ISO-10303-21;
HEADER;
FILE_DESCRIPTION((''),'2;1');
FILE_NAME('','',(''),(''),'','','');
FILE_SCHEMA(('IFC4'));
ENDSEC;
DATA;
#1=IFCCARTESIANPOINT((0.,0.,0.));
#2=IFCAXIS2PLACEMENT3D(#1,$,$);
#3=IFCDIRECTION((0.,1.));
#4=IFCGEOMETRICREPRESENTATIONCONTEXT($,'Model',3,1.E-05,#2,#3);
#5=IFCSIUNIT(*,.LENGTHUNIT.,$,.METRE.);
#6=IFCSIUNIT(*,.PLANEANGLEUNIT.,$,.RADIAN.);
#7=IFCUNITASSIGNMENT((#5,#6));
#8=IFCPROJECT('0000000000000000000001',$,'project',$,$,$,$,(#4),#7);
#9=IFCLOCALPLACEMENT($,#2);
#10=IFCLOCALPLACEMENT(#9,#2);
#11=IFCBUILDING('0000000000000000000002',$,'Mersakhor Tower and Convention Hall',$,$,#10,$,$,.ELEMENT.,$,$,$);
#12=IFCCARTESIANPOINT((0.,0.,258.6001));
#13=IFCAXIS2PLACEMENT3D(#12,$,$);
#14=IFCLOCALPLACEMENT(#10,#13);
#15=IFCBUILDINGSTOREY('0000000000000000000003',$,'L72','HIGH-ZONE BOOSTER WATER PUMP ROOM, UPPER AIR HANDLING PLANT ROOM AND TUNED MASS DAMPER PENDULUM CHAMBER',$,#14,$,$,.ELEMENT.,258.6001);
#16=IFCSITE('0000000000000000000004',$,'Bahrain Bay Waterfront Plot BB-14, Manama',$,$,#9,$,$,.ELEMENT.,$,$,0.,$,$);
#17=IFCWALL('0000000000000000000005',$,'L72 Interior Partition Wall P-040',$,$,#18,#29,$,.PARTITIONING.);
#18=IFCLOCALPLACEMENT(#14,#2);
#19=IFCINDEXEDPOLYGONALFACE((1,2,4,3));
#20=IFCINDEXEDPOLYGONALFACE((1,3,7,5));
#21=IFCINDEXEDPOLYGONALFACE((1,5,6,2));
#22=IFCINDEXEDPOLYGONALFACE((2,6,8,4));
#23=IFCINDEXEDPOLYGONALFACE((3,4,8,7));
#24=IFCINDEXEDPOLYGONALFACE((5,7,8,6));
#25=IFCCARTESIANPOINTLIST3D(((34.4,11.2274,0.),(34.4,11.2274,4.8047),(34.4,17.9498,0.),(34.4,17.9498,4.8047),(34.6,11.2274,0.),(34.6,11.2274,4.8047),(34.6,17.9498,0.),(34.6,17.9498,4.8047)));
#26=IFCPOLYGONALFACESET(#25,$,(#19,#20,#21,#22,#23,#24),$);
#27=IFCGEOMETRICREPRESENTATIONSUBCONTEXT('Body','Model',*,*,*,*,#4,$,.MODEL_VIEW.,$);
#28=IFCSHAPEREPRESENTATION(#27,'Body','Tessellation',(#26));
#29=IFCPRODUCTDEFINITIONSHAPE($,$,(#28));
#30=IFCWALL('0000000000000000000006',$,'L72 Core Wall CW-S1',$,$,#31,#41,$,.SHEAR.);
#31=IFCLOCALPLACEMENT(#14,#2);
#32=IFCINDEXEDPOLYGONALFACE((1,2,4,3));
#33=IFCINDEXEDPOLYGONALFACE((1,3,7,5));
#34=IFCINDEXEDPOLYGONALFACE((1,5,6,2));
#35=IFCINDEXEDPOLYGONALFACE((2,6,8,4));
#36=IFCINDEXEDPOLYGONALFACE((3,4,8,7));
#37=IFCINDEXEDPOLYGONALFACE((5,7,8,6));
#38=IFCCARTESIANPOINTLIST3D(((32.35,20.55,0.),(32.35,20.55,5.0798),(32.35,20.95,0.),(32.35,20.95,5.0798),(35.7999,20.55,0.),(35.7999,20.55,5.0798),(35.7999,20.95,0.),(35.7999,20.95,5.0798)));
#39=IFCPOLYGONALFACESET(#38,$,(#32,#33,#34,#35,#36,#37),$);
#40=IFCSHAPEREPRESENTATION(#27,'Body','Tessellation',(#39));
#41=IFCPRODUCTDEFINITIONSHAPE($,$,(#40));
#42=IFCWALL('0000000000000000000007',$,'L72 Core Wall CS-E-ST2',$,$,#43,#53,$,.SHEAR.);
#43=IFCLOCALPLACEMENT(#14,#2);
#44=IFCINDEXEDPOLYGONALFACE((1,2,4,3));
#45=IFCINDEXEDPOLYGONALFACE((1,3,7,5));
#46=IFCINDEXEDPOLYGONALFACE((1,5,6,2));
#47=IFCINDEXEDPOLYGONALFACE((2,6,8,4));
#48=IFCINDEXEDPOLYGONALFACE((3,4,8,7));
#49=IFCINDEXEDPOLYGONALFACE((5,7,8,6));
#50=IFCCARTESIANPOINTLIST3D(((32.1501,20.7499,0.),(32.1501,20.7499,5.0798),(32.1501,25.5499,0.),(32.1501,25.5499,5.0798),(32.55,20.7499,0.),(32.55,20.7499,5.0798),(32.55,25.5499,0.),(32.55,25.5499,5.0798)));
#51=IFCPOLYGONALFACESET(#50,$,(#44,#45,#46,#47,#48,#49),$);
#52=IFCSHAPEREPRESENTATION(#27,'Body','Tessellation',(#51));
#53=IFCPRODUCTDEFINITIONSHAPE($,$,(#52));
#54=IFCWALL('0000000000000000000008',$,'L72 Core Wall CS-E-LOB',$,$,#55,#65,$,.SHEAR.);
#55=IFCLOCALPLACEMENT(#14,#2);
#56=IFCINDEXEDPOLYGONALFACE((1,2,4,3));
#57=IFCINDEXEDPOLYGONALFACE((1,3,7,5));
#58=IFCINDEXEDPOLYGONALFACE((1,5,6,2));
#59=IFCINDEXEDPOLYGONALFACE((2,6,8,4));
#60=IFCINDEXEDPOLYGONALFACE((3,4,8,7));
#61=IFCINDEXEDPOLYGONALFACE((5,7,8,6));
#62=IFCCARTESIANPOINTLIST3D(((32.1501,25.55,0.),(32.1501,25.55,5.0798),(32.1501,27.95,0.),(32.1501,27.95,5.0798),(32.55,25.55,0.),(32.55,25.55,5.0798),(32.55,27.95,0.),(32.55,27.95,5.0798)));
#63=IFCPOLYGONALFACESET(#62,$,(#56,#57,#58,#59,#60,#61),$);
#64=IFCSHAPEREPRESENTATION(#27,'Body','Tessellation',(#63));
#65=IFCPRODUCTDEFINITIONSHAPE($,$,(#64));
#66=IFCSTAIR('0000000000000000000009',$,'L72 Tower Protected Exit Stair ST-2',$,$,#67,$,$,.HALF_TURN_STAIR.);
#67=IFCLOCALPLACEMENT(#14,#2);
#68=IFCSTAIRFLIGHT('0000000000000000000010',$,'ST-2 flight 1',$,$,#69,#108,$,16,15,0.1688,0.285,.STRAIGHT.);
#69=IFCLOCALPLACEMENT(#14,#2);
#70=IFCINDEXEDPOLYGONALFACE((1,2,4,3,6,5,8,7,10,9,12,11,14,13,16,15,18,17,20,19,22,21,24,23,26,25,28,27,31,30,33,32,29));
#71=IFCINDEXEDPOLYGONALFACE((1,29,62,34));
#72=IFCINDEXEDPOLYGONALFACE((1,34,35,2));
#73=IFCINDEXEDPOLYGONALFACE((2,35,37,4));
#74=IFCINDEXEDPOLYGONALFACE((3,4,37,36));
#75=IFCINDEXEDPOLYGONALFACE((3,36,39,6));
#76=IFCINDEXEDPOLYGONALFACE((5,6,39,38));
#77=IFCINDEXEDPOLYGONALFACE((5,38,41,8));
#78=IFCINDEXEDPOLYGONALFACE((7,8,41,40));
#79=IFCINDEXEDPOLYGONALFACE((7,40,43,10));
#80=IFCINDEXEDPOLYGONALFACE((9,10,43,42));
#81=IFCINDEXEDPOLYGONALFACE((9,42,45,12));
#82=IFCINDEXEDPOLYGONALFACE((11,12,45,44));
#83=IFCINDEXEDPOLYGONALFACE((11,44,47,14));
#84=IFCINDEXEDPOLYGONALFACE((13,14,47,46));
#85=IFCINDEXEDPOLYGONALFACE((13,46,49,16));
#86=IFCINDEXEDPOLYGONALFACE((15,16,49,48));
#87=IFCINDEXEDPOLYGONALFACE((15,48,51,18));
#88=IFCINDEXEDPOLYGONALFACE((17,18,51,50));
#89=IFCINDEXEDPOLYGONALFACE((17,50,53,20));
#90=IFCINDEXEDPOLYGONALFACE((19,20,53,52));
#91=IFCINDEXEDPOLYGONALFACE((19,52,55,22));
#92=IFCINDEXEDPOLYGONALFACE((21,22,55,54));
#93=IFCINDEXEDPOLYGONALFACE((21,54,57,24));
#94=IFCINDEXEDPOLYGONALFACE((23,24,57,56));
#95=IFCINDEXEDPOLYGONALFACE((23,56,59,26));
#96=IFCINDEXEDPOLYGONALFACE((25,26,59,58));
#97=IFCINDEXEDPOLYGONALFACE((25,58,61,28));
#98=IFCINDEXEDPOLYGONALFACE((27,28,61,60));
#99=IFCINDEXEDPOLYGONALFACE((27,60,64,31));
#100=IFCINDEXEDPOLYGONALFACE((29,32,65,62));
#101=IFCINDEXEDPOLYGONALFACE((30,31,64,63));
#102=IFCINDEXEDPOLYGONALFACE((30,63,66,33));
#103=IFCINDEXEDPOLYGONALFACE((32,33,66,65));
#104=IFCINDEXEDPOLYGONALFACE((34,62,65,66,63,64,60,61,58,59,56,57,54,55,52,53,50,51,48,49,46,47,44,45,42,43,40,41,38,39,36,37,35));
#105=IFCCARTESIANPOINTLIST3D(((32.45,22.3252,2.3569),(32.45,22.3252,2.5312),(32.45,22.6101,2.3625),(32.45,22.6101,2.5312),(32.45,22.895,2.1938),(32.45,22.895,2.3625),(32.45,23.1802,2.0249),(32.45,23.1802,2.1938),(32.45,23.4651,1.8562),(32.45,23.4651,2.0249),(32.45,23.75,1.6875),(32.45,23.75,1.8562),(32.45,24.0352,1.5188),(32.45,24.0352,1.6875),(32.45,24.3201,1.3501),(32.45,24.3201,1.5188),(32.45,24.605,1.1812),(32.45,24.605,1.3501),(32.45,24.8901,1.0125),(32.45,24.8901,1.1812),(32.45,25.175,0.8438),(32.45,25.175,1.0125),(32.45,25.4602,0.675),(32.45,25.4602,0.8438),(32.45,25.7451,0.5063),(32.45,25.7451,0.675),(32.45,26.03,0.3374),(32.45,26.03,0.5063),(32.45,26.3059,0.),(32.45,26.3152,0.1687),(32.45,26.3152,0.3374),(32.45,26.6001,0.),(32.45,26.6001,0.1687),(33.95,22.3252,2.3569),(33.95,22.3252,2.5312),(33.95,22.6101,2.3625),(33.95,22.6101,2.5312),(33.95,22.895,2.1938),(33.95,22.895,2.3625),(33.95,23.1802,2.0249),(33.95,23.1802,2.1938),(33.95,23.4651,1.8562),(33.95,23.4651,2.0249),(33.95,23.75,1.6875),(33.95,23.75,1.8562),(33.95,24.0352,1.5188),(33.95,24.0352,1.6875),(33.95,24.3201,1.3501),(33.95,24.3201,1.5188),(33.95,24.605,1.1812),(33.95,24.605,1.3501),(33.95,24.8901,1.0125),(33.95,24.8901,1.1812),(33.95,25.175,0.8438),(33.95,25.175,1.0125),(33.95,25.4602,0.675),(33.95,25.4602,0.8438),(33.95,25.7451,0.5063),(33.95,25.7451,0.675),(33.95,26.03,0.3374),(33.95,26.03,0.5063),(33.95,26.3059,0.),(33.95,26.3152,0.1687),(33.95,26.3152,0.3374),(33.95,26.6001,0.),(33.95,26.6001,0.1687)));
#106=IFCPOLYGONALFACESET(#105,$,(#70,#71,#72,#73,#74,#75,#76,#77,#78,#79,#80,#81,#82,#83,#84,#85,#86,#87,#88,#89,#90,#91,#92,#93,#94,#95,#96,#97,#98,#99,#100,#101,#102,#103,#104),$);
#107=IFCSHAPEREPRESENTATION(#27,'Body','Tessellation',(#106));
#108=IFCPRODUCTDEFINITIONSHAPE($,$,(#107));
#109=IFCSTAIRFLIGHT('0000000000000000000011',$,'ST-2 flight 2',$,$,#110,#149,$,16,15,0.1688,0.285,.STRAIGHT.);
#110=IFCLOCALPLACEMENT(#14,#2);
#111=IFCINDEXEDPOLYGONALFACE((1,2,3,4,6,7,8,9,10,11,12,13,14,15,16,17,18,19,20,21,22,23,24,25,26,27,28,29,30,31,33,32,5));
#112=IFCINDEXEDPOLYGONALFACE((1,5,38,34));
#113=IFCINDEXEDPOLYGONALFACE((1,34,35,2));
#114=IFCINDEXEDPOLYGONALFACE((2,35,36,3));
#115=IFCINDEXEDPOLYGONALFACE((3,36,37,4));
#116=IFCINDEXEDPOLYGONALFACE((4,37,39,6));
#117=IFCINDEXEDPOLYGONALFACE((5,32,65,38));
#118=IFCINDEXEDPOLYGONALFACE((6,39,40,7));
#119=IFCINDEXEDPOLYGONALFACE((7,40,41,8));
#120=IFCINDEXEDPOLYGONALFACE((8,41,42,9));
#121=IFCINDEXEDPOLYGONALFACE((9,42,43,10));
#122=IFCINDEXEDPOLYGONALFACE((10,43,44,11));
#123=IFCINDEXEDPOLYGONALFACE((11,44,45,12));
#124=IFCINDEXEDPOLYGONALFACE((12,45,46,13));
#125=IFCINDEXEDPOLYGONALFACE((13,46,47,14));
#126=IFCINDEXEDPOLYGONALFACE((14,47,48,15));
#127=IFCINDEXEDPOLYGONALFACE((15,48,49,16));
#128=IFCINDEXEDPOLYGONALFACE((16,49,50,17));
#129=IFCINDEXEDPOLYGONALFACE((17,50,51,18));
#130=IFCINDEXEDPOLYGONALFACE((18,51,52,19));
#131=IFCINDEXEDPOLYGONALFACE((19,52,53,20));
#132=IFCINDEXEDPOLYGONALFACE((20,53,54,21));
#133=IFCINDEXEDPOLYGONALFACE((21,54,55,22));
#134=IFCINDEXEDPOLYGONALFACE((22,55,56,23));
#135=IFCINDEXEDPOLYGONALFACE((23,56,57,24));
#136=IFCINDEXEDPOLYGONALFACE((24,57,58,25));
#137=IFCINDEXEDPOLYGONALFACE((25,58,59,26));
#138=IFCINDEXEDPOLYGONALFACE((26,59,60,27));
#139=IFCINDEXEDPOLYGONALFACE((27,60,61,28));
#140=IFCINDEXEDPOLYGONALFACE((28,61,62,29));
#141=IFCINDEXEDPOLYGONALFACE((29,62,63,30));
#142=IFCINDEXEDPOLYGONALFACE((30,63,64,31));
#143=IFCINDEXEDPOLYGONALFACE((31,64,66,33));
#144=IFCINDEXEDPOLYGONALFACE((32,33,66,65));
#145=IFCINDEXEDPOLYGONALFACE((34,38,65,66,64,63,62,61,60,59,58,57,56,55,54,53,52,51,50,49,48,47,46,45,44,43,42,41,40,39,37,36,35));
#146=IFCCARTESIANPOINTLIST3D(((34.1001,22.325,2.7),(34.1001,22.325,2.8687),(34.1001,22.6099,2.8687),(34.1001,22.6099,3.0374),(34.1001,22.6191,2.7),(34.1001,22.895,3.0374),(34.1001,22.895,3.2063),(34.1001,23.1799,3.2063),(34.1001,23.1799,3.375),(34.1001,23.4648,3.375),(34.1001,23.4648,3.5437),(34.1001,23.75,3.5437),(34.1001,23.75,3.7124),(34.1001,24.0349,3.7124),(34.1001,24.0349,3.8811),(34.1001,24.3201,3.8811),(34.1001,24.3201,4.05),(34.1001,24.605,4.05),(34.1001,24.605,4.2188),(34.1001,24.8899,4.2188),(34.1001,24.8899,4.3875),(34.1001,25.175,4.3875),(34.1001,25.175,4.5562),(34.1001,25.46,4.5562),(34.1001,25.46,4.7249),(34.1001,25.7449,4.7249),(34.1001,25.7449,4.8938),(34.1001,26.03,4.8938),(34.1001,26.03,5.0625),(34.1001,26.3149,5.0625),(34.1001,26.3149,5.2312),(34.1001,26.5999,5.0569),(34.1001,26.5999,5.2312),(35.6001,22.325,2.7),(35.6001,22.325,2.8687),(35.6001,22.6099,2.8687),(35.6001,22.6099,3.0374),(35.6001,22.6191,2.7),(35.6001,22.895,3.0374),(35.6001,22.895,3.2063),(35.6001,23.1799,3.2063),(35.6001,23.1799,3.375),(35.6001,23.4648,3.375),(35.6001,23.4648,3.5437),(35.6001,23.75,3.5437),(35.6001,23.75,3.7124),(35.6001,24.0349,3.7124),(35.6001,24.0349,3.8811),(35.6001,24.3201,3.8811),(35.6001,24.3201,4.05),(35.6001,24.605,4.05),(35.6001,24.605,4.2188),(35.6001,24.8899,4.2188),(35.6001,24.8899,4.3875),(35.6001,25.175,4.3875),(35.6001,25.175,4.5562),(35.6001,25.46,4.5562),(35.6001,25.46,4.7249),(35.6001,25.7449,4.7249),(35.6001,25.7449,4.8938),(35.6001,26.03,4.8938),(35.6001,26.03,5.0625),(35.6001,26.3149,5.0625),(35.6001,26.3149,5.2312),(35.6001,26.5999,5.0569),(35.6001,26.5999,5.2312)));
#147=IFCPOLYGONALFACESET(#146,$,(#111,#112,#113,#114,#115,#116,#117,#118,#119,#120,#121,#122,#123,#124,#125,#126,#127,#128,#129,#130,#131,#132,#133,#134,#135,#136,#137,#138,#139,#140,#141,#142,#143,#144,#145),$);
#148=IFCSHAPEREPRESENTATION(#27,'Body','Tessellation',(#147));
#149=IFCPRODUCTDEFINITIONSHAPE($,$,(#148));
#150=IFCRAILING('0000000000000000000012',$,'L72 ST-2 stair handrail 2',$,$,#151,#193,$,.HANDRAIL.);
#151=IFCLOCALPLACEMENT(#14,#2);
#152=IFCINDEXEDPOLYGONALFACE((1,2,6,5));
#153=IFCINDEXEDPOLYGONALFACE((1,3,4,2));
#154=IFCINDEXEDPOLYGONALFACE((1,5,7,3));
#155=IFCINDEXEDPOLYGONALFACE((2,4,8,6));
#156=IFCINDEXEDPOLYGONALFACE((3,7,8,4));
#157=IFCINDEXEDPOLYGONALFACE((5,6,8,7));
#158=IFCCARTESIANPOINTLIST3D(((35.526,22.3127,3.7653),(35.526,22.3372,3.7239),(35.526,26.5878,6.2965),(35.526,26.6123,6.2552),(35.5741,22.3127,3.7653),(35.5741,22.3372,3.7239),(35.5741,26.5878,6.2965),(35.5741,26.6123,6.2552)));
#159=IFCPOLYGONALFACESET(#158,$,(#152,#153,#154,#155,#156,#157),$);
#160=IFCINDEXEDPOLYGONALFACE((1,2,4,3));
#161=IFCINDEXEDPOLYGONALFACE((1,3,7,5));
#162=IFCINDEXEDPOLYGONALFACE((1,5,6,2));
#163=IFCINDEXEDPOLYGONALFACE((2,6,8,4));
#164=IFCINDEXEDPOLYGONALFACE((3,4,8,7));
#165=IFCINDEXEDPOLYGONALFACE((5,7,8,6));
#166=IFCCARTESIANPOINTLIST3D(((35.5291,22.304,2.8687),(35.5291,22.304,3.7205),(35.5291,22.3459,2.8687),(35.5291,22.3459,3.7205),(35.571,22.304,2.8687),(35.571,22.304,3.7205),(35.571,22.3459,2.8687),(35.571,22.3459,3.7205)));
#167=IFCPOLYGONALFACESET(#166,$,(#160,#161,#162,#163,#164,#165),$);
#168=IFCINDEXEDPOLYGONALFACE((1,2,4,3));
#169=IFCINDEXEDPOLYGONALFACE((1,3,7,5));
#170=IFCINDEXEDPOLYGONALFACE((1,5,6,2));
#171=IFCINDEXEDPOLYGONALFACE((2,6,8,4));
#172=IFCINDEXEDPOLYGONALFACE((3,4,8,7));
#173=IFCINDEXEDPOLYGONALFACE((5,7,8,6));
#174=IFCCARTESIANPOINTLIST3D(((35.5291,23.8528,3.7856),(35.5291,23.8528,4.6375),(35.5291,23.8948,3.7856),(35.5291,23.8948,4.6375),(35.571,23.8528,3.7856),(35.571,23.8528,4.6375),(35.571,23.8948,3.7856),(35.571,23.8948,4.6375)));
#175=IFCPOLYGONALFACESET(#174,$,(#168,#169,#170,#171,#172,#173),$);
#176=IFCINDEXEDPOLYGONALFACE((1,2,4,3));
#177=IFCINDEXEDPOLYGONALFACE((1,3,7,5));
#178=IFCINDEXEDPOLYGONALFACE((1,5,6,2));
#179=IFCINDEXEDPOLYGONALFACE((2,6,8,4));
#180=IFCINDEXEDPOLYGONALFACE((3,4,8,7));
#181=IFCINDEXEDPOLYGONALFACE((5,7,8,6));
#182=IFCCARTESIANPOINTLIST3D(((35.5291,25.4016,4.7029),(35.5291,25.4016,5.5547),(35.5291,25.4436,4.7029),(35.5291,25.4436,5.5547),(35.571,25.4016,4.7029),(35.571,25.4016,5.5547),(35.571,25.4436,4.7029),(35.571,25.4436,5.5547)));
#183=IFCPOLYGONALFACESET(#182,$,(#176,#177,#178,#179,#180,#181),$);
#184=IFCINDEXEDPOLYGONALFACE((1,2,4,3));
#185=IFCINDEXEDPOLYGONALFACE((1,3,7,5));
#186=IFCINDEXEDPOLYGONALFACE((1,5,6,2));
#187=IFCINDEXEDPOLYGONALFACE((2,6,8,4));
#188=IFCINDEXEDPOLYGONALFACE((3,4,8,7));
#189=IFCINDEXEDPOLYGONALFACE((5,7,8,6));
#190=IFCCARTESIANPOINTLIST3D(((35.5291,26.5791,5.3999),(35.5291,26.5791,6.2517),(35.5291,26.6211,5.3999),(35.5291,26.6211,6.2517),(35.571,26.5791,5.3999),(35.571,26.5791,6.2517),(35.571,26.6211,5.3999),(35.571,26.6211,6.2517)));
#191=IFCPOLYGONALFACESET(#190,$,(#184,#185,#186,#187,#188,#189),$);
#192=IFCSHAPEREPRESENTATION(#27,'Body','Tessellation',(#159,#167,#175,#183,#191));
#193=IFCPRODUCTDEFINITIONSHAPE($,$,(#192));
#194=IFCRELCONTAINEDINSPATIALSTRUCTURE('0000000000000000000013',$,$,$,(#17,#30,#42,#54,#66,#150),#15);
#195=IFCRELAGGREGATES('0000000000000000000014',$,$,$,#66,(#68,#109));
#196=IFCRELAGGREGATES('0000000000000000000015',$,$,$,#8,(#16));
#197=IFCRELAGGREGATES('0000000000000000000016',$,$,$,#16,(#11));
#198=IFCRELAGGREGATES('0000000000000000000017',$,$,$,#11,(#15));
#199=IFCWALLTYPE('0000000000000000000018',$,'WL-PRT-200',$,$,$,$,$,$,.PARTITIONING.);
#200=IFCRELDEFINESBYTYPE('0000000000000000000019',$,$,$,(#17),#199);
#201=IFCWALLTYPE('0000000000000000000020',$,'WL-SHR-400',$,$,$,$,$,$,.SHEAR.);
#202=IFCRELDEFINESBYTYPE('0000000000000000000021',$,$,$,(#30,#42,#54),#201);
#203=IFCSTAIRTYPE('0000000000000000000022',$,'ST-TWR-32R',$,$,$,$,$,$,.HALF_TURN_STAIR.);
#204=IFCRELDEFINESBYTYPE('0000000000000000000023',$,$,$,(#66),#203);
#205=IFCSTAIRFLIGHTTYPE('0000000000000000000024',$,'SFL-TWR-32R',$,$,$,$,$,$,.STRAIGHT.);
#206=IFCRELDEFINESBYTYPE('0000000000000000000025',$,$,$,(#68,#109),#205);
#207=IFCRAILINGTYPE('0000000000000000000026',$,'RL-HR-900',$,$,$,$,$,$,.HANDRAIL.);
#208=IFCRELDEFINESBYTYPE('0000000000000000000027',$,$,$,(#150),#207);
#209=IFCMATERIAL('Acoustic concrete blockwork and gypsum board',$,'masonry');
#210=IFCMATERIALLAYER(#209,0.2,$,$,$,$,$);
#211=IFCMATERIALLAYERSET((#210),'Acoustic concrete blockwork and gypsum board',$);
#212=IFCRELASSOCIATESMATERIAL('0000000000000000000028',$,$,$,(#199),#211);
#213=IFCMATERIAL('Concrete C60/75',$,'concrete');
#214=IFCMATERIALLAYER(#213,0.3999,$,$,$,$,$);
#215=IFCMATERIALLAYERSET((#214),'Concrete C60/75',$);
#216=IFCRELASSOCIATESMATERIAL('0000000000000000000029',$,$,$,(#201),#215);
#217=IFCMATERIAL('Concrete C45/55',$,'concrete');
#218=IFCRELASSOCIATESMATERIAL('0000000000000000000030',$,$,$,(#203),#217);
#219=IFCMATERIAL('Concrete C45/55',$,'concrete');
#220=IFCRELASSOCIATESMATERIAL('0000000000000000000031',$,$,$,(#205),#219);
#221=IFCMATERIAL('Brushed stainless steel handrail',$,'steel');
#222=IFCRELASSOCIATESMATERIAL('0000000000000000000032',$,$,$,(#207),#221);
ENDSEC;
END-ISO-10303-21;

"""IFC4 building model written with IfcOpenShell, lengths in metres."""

from ifc_helpers import new_model, si_unit, direction, frame, frame_2d, origin, origin_2d, place, context, subcontext, project, spatial, polyline, rectangle, outline, extrude, material, layer, layer_set, type_object, element, aggregate, save


model = new_model("IFC4")

# Units and contexts
model_context = context("Model", 3, precision=1e-05, world=origin(), true_north=direction((0.0, 1.0)))
body_context = subcontext(model_context, "Body", "Model", "MODEL_VIEW")
ifc_project = project(units=[si_unit("LENGTHUNIT", "METRE"), si_unit("PLANEANGLEUNIT", "RADIAN")], contexts=[model_context])

# Site, building, storey
site_placement = place(None, origin())
site = spatial("IfcSite", under=ifc_project, at=site_placement, Name="Bahrain Bay Waterfront Plot BB-14, Manama", CompositionType="ELEMENT", RefElevation=0.0)
building_placement = place(site_placement, origin())
building = spatial("IfcBuilding", under=site, at=building_placement, Name="Mersakhor Tower and Convention Hall", CompositionType="ELEMENT")
storey_placement = place(building_placement, frame((0.0, 0.0, 258.6001)))
storey = spatial("IfcBuildingStorey", under=building, at=storey_placement, Name="L72", Description="HIGH-ZONE BOOSTER WATER PUMP ROOM, UPPER AIR HANDLING PLANT ROOM AND TUNED MASS DAMPER PENDULUM CHAMBER", CompositionType="ELEMENT", Elevation=258.6001)

# Shared definitions
ifc_material_1 = material(Name="Acoustic concrete blockwork and gypsum board", Category="masonry")
ifc_layer_1 = layer(ifc_material_1, 0.2)
ifc_layer_set_1 = layer_set([ifc_layer_1], Name="Acoustic concrete blockwork and gypsum board")
wall_type_1 = type_object("IfcWallType", Name="WL-PRT-200", PredefinedType="PARTITIONING", material=ifc_layer_set_1)

# Walls
wall_1_placement = place(storey_placement, frame((34.5, 17.95, 0.0), z_axis=(0.0, 0.0, 1.0), x_axis=(0.0, -1.0, 0.0)))
element("IfcWall", 1, at=wall_1_placement, inside=storey, type_object=wall_type_1, Name="L72 Interior Partition Wall P-040", PredefinedType="PARTITIONING", context=body_context, shape_type="SweptSolid", body=[
    extrude(rectangle(XDim=6.7224, YDim=0.2, at=frame_2d((3.3613, 0.0))), origin(), (0.0, 0.0, 1.0), 4.8047),
])
ifc_material_2 = material(Name="Concrete C60/75", Category="concrete")
ifc_layer_2 = layer(ifc_material_2, 0.3999)
ifc_layer_set_2 = layer_set([ifc_layer_2], Name="Concrete C60/75")
wall_type_2 = type_object("IfcWallType", Name="WL-SHR-400", PredefinedType="SHEAR", material=ifc_layer_set_2)
wall_2_placement = place(storey_placement, frame((35.8, 20.75, 0.0), z_axis=(0.0, 0.0, 1.0), x_axis=(-1.0, 0.0, 0.0)))
element("IfcWall", 2, at=wall_2_placement, inside=storey, type_object=wall_type_2, Name="L72 Core Wall CW-S1", PredefinedType="SHEAR", context=body_context, shape_type="SweptSolid", body=[
    extrude(rectangle(XDim=3.45, YDim=0.3999, at=frame_2d((1.7251, 0.0))), origin(), (0.0, 0.0, 1.0), 5.0798),
])

# Walls
wall_3_placement = place(storey_placement, frame((32.3501, 20.75, 0.0), z_axis=(0.0, 0.0, 1.0), x_axis=(0.0, 1.0, 0.0)))
element("IfcWall", 3, at=wall_3_placement, inside=storey, type_object=wall_type_2, Name="L72 Core Wall CS-E-ST2", PredefinedType="SHEAR", context=body_context, shape_type="SweptSolid", body=[
    extrude(rectangle(XDim=4.8, YDim=0.3999, at=frame_2d((2.3999, 0.0))), origin(), (0.0, 0.0, 1.0), 5.0798),
])
wall_4_placement = place(storey_placement, frame((32.3501, 25.55, 0.0), z_axis=(0.0, 0.0, 1.0), x_axis=(0.0, 1.0, 0.0)))
element("IfcWall", 4, at=wall_4_placement, inside=storey, type_object=wall_type_2, Name="L72 Core Wall CS-E-LOB", PredefinedType="SHEAR", context=body_context, shape_type="SweptSolid", body=[
    extrude(rectangle(XDim=2.3999, YDim=0.3999, at=frame_2d((1.2, 0.0))), origin(), (0.0, 0.0, 1.0), 5.0798),
])

# Stair, stair flights
ifc_material_3 = material(Name="Concrete C45/55", Category="concrete")
stair_type = type_object("IfcStairType", Name="ST-TWR-32R", PredefinedType="HALF_TURN_STAIR", material=ifc_material_3)
stair_placement = place(storey_placement, origin())
stair = element("IfcStair", 5, at=stair_placement, inside=storey, type_object=stair_type, Name="L72 Tower Protected Exit Stair ST-2", PredefinedType="HALF_TURN_STAIR")
ifc_material_4 = material(Name="Concrete C45/55", Category="concrete")
stair_flight_type = type_object("IfcStairFlightType", Name="SFL-TWR-32R", PredefinedType="STRAIGHT", material=ifc_material_4)
stair_flight_1_placement = place(storey_placement, frame((33.2, 26.6001, 0.0), z_axis=(0.0, 0.0, 1.0), x_axis=(0.0, -1.0, 0.0)))
stair_flight_1 = element("IfcStairFlight", 6, at=stair_flight_1_placement, type_object=stair_flight_type, Name="ST-2 flight 1", NumberOfRisers=16, NumberOfTreads=15, PredefinedType="STRAIGHT", RiserHeight=0.1688, TreadLength=0.285, context=body_context, shape_type="SweptSolid", body=[
    extrude(outline(polyline([(0.0, 0.0), (0.0, 0.1687), (0.2849, 0.1687), (0.2849, 0.3374), (0.5701, 0.3374), (0.5701, 0.5063), (0.855, 0.5063), (0.855, 0.675), (1.1399, 0.675), (1.1399, 0.8438), (1.425, 0.8438), (1.425, 1.0125), (1.71, 1.0125), (1.71, 1.1812), (1.9951, 1.1812), (1.9951, 1.3501), (2.28, 1.3501), (2.28, 1.5188), (2.5649, 1.5188), (2.5649, 1.6875), (2.8501, 1.6875), (2.8501, 1.8562), (3.135, 1.8562), (3.135, 2.0249), (3.4199, 2.0249), (3.4199, 2.1938), (3.7051, 2.1938), (3.7051, 2.3625), (3.99, 2.3625), (3.99, 2.5312), (4.2749, 2.5312), (4.2749, 2.7), (4.2749, 2.3569), (0.2942, 0.0), (0.0, 0.0)])), frame((0.0, 0.75, 0.0), z_axis=(0.0, -1.0, 0.0), x_axis=(1.0, 0.0, 0.0)), (0.0, 0.0, 1.0), 1.5),
])
stair_flight_2_placement = place(storey_placement, frame((34.8501, 22.325, 2.7), z_axis=(0.0, 0.0, 1.0), x_axis=(0.0, 1.0, 0.0)))
stair_flight_2 = element("IfcStairFlight", 7, at=stair_flight_2_placement, type_object=stair_flight_type, Name="ST-2 flight 2", NumberOfRisers=16, NumberOfTreads=15, PredefinedType="STRAIGHT", RiserHeight=0.1688, TreadLength=0.285, context=body_context, shape_type="SweptSolid", body=[
    extrude(outline(polyline([(0.0, 0.0), (0.0, 0.1687), (0.2849, 0.1687), (0.2849, 0.3374), (0.5701, 0.3374), (0.5701, 0.5063), (0.855, 0.5063), (0.855, 0.675), (1.1399, 0.675), (1.1399, 0.8438), (1.425, 0.8438), (1.425, 1.0125), (1.71, 1.0125), (1.71, 1.1812), (1.9951, 1.1812), (1.9951, 1.3501), (2.28, 1.3501), (2.28, 1.5188), (2.5649, 1.5188), (2.5649, 1.6875), (2.8501, 1.6875), (2.8501, 1.8562), (3.135, 1.8562), (3.135, 2.0249), (3.4199, 2.0249), (3.4199, 2.1938), (3.7051, 2.1938), (3.7051, 2.3625), (3.99, 2.3625), (3.99, 2.5312), (4.2749, 2.5312), (4.2749, 2.7), (4.2749, 2.3569), (0.2942, 0.0), (0.0, 0.0)])), frame((0.0, 0.75, 0.0), z_axis=(0.0, -1.0, 0.0), x_axis=(1.0, 0.0, 0.0)), (0.0, 0.0, 1.0), 1.5),
])
aggregate(stair, [stair_flight_1, stair_flight_2])

# Railing
ifc_material_5 = material(Name="Brushed stainless steel handrail", Category="steel")
railing_type_1 = type_object("IfcRailingType", Name="RL-HR-900", PredefinedType="HANDRAIL", material=ifc_material_5)
railing_1_placement = place(storey_placement, frame((35.55, 22.325, 2.8687)))
element("IfcRailing", 8, at=railing_1_placement, inside=storey, type_object=railing_type_1, Name="L72 ST-2 stair handrail 2", PredefinedType="HANDRAIL", context=body_context, shape_type="SweptSolid", body=[
    extrude(rectangle(XDim=0.0481, YDim=0.0481, at=origin_2d()), frame((0.0, 0.0, 0.876), z_axis=(0.0, 0.860483, 0.509479), x_axis=(-1.0, 0.0, 0.0)), (0.0, 0.0, 1.0), 4.9683),
    extrude(rectangle(XDim=0.042, YDim=0.042, at=origin_2d()), origin(), (0.0, 0.0, 1.0), 0.8518),
    extrude(rectangle(XDim=0.042, YDim=0.042, at=origin_2d()), frame((0.0, 1.5488, 0.917)), (0.0, 0.0, 1.0), 0.8518),
    extrude(rectangle(XDim=0.042, YDim=0.042, at=origin_2d()), frame((0.0, 3.0977, 1.8342)), (0.0, 0.0, 1.0), 0.8518),
    extrude(rectangle(XDim=0.042, YDim=0.042, at=origin_2d()), frame((0.0, 4.2751, 2.5312)), (0.0, 0.0, 1.0), 0.8518),
])

save(model, "model.ifc")
